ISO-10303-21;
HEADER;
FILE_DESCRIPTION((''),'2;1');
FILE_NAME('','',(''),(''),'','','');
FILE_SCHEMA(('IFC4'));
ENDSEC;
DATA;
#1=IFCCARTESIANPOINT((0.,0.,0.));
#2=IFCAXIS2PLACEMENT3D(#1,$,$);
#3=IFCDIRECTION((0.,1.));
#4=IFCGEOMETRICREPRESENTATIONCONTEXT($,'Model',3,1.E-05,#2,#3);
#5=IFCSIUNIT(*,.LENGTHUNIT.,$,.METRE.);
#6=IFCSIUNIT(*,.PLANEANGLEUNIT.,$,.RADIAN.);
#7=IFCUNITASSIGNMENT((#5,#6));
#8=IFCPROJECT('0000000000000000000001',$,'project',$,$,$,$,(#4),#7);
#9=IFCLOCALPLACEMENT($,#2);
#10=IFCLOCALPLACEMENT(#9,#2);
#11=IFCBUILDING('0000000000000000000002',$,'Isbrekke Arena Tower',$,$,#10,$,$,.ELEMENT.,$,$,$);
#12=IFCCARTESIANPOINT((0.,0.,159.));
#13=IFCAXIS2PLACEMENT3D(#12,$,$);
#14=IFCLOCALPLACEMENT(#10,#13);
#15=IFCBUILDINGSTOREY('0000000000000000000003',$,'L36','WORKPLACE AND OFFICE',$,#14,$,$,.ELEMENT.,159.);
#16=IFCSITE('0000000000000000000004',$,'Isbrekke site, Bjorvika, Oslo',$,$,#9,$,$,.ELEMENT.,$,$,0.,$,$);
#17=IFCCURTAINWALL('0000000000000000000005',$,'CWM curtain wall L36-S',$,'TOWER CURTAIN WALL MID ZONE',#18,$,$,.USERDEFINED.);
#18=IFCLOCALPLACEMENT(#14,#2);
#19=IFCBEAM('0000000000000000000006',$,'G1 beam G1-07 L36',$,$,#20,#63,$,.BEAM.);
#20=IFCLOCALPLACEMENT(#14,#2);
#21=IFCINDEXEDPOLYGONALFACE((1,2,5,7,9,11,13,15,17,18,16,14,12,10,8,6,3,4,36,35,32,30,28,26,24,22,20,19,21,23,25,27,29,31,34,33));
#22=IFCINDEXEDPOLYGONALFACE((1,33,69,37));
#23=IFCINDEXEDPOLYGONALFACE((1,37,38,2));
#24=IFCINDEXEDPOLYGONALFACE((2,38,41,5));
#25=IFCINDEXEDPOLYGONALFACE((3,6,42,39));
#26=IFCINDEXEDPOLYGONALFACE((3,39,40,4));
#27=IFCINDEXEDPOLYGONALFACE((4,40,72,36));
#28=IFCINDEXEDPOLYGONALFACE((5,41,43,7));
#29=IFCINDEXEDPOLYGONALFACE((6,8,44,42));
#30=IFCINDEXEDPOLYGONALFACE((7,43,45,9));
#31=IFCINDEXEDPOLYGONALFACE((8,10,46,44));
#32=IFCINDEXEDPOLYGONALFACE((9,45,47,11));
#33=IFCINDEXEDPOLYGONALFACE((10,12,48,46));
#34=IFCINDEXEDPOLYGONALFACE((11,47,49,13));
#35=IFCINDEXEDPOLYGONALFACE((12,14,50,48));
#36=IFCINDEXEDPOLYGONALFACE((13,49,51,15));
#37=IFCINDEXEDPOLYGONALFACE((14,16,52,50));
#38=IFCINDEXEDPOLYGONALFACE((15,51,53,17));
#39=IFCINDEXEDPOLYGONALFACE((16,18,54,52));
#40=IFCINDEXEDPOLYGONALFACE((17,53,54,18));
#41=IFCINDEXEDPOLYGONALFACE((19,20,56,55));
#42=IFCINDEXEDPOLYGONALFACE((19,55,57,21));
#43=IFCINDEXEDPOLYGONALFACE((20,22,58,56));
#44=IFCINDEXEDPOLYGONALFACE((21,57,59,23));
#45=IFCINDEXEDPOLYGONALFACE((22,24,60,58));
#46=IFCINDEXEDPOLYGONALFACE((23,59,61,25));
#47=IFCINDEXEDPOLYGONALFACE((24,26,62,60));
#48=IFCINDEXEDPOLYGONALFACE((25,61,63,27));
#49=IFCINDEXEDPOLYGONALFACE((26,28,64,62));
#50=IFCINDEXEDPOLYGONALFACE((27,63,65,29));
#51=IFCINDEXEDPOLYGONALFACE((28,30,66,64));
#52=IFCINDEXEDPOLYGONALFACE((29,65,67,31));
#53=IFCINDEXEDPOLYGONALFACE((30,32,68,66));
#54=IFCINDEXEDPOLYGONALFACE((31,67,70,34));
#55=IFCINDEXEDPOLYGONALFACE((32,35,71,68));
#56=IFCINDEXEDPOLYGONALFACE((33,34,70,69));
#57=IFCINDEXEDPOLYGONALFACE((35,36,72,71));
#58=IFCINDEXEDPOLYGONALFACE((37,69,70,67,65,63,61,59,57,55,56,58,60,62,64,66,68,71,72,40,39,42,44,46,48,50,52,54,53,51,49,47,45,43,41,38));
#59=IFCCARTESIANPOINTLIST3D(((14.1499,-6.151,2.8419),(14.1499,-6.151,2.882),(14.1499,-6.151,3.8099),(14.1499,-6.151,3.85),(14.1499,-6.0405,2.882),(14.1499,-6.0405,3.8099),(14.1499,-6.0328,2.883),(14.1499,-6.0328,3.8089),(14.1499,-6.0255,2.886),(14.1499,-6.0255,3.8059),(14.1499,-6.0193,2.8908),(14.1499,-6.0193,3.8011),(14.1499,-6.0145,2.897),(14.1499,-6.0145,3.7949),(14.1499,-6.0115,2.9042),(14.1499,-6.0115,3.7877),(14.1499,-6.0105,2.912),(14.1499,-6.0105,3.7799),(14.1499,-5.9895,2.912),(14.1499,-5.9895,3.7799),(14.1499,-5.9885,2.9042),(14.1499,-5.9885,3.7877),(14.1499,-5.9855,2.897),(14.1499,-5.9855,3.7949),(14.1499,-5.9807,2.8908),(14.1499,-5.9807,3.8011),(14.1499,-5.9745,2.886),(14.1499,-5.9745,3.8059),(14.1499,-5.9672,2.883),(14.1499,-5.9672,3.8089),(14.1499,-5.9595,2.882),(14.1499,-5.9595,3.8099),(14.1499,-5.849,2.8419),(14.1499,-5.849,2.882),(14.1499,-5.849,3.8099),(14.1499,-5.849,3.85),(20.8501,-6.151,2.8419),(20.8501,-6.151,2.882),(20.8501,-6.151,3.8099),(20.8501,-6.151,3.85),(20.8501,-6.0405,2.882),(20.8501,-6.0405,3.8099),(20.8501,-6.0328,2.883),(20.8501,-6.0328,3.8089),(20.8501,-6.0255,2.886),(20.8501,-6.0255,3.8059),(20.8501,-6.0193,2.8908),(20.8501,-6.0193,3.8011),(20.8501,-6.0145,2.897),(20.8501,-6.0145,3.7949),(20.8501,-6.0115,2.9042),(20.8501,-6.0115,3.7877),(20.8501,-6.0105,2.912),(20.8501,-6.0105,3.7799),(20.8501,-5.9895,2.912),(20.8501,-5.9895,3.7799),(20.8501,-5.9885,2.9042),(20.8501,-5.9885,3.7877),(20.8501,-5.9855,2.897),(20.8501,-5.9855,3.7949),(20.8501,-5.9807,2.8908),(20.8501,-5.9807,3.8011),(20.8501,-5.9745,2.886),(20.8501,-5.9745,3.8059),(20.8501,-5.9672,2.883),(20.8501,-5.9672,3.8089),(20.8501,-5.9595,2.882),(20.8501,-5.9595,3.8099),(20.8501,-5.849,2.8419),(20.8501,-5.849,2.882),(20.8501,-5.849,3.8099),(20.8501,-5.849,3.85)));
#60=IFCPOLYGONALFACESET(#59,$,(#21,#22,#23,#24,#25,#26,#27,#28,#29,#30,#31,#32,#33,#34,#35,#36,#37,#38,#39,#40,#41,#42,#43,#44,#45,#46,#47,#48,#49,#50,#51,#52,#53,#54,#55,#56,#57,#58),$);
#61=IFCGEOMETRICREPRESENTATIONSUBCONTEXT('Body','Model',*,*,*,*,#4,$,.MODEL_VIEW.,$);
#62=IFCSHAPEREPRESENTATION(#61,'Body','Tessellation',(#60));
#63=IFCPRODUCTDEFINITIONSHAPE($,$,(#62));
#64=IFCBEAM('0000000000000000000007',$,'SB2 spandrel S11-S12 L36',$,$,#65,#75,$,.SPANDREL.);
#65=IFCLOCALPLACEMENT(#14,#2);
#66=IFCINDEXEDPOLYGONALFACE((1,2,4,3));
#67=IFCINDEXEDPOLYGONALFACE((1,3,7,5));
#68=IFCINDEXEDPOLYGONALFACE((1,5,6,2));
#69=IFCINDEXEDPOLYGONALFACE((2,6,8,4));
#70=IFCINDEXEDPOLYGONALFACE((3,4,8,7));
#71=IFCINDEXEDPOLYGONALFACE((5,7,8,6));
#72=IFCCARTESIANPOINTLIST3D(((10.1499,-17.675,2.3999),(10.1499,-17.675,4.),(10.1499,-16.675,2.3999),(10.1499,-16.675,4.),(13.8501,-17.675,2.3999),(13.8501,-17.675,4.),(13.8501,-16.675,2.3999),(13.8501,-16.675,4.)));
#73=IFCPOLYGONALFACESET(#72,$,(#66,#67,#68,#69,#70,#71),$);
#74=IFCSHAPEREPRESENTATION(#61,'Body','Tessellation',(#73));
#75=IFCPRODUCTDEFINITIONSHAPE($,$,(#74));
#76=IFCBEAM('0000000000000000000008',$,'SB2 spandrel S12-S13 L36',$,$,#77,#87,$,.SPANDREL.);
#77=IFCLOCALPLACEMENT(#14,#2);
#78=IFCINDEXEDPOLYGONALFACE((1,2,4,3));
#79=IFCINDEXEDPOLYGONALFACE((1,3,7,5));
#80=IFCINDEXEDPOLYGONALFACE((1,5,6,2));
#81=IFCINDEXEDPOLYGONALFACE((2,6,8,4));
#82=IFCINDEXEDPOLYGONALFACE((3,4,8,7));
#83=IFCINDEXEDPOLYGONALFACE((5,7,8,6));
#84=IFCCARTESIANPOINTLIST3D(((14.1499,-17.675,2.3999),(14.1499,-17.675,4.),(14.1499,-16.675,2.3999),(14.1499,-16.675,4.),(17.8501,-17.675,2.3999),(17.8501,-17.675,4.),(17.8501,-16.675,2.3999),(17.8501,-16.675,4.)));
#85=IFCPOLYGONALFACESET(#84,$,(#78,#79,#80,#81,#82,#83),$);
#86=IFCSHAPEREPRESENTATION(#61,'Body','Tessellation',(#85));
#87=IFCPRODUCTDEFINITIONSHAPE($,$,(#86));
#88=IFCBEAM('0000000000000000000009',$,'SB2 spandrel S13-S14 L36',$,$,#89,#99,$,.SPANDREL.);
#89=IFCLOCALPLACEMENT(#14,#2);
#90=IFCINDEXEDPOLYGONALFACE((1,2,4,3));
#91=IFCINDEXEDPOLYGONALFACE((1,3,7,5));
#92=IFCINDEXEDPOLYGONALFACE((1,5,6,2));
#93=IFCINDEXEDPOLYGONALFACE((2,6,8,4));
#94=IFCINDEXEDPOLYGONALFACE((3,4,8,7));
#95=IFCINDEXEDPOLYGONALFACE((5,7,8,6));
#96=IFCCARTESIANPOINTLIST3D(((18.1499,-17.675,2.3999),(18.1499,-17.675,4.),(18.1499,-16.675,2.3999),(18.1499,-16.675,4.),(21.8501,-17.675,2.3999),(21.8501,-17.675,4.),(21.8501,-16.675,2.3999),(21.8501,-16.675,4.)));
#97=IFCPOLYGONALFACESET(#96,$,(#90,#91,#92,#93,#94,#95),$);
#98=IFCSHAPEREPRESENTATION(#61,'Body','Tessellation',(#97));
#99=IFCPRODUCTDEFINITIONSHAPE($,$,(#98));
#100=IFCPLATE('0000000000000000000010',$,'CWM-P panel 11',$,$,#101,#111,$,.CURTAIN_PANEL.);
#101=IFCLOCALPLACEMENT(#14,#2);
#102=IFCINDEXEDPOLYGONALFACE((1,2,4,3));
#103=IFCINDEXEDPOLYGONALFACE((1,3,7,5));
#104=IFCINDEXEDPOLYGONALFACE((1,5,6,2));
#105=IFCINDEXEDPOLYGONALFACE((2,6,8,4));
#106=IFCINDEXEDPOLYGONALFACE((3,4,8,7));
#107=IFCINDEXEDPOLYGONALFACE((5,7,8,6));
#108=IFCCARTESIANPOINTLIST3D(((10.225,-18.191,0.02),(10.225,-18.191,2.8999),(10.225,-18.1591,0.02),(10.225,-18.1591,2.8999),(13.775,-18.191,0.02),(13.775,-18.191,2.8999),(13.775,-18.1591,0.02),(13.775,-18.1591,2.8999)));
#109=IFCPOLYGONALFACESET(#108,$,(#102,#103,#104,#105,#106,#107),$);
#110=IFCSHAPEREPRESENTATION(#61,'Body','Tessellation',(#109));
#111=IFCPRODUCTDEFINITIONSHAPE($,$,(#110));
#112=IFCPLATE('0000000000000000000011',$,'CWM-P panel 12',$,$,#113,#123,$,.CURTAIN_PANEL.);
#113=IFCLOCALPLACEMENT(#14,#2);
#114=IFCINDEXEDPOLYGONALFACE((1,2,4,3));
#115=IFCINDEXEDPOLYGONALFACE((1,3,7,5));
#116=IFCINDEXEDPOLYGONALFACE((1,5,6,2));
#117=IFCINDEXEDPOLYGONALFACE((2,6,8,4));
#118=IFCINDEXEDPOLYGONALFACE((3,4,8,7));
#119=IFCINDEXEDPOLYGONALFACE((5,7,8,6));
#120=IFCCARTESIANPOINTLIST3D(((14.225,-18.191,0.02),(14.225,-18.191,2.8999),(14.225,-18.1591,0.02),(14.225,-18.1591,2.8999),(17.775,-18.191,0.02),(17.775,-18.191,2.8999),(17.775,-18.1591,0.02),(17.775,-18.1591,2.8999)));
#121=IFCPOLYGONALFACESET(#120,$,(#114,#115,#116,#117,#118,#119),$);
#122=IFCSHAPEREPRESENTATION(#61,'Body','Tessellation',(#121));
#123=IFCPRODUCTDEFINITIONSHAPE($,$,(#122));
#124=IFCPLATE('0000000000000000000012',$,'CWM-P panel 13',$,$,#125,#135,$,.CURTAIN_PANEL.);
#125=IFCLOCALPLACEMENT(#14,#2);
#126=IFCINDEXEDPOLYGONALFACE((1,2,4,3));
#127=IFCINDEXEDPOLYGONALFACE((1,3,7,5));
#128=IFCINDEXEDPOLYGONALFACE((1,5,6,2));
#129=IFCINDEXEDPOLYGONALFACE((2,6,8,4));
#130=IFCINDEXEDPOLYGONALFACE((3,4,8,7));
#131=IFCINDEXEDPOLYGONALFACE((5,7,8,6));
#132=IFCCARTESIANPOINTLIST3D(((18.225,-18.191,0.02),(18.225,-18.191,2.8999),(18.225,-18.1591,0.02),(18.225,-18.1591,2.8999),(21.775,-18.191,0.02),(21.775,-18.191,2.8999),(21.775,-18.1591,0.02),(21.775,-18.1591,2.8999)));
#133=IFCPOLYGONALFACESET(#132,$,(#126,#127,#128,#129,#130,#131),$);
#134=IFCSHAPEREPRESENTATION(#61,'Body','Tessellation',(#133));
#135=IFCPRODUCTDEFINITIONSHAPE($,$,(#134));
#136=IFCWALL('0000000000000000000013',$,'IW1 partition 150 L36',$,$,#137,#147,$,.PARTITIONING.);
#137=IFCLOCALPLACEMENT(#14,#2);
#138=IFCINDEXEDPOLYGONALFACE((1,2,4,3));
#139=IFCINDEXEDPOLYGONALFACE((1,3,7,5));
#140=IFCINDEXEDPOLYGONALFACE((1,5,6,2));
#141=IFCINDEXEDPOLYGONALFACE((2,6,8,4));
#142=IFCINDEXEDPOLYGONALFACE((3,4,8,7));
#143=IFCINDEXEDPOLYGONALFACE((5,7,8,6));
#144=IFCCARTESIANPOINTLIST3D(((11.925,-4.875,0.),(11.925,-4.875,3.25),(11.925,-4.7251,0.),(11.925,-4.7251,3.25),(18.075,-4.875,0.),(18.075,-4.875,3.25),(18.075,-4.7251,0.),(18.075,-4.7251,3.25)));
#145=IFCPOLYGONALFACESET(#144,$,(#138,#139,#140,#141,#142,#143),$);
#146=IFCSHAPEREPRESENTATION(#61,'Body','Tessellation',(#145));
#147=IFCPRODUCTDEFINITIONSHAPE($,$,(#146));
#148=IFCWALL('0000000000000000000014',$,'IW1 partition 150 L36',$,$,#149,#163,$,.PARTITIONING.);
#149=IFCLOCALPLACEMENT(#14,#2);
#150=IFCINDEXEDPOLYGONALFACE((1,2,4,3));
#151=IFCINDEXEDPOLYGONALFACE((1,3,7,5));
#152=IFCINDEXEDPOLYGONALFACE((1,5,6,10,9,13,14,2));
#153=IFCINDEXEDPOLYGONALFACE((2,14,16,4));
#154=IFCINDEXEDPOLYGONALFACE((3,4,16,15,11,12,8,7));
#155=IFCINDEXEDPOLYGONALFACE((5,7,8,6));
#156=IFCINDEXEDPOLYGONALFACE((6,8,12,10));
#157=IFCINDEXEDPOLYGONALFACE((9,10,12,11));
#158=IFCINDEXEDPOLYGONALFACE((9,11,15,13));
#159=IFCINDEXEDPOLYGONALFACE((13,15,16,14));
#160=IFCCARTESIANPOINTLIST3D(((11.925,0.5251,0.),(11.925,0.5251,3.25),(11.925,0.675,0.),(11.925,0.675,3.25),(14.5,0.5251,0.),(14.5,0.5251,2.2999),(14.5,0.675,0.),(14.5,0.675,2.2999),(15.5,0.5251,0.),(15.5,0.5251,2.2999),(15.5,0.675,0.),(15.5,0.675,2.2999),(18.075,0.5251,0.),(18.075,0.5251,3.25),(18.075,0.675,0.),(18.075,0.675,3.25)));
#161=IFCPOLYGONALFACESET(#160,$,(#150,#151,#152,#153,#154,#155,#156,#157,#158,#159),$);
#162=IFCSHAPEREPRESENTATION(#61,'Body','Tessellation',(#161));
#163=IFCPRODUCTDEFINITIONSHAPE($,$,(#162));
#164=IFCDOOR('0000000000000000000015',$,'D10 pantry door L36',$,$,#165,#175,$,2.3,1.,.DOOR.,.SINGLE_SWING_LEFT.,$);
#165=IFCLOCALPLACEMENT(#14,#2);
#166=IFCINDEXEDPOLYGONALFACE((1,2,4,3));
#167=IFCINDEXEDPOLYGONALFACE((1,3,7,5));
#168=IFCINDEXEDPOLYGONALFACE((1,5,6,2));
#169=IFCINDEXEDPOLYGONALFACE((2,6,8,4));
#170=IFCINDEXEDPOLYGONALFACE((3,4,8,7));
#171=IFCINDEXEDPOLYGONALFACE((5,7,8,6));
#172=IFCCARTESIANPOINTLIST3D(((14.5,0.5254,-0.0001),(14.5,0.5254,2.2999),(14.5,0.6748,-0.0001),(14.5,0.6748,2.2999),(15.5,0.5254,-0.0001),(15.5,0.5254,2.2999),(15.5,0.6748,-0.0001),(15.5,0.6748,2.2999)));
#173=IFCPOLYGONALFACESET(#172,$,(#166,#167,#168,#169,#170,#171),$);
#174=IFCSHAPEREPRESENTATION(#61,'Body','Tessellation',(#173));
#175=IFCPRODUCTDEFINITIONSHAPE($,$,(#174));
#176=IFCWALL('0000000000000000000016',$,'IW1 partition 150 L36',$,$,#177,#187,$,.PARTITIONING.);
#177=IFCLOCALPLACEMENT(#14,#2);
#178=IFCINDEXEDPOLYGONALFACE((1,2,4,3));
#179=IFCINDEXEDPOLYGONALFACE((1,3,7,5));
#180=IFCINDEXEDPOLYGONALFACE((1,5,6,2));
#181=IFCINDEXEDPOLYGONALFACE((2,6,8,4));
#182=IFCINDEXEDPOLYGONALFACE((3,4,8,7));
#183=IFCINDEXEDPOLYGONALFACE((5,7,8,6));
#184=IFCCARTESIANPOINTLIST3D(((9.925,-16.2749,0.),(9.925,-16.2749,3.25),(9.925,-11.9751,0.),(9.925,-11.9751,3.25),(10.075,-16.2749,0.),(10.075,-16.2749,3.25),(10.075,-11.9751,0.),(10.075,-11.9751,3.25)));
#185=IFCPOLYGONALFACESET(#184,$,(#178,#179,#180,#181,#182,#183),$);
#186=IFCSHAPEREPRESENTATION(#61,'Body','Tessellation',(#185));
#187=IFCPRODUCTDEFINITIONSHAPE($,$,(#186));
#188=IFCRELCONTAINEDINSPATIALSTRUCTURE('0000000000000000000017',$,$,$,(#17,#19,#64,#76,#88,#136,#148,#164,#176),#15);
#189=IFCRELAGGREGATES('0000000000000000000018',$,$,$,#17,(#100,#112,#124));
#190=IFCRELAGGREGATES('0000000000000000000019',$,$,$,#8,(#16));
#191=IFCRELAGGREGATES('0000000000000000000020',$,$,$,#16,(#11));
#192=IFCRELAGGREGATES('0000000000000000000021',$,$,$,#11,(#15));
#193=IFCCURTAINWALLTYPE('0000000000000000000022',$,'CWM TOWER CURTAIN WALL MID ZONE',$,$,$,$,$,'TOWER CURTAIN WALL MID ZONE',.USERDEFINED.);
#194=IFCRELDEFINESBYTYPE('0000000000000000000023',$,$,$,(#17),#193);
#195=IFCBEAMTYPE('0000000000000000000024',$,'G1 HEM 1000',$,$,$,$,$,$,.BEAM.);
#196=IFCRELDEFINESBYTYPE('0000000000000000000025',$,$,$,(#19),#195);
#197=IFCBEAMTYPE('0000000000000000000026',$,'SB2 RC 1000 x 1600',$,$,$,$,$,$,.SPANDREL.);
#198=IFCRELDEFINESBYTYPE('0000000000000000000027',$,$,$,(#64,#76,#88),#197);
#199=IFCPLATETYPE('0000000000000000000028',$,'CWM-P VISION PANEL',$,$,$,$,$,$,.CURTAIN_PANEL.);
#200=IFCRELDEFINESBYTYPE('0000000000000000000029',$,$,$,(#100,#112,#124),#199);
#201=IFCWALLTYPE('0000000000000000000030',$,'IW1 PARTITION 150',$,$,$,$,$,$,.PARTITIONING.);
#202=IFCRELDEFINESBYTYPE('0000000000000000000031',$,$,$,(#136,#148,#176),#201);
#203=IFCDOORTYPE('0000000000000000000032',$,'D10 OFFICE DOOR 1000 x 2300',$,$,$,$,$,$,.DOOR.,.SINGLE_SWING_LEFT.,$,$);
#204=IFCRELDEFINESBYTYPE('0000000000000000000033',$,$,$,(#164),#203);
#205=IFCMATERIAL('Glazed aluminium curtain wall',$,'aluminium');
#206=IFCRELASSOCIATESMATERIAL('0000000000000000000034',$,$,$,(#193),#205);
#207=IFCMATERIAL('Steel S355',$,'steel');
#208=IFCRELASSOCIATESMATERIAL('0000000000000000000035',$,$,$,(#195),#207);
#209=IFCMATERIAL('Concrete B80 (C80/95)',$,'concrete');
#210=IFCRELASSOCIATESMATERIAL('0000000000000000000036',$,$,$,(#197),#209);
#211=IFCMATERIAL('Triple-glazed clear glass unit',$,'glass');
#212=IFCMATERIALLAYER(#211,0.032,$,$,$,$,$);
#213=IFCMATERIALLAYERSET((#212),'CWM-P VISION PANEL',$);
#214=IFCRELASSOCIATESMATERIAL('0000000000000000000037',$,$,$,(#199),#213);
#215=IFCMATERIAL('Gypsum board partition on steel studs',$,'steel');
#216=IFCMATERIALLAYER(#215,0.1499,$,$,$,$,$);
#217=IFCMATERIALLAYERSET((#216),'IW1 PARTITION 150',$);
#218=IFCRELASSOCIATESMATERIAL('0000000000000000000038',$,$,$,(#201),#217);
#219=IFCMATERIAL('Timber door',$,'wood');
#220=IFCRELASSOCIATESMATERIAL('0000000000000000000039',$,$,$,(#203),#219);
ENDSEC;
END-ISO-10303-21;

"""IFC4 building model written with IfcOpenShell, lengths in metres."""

from ifc_helpers import new_model, si_unit, direction, frame, frame_2d, origin, origin_2d, place, context, subcontext, project, spatial, rectangle, i_section, extrude, material, layer, layer_set, material_profile, profile_set, type_object, element, fill, aggregate, save


model = new_model("IFC4")

# Units and contexts
model_context = context("Model", 3, precision=1e-05, world=origin(), true_north=direction((0.0, 1.0)))
body_context = subcontext(model_context, "Body", "Model", "MODEL_VIEW")
ifc_project = project(units=[si_unit("LENGTHUNIT", "METRE"), si_unit("PLANEANGLEUNIT", "RADIAN")], contexts=[model_context])

# Site, building, storey
site_placement = place(None, origin())
site = spatial("IfcSite", under=ifc_project, at=site_placement, Name="Isbrekke site, Bjorvika, Oslo", CompositionType="ELEMENT", RefElevation=0.0)
building_placement = place(site_placement, origin())
building = spatial("IfcBuilding", under=site, at=building_placement, Name="Isbrekke Arena Tower", CompositionType="ELEMENT")
storey_placement = place(building_placement, frame((0.0, 0.0, 159.0)))
storey = spatial("IfcBuildingStorey", under=building, at=storey_placement, Name="L36", Description="WORKPLACE AND OFFICE", CompositionType="ELEMENT", Elevation=159.0)

# Curtain wall
ifc_material_1 = material(Name="Glazed aluminium curtain wall", Category="aluminium")
curtain_wall_type = type_object("IfcCurtainWallType", Name="CWM TOWER CURTAIN WALL MID ZONE", ElementType="TOWER CURTAIN WALL MID ZONE", PredefinedType="USERDEFINED", material=ifc_material_1)
curtain_wall_placement = place(storey_placement, origin())
curtain_wall = element("IfcCurtainWall", 1, at=curtain_wall_placement, inside=storey, type_object=curtain_wall_type, Name="CWM curtain wall L36-S", ObjectType="TOWER CURTAIN WALL MID ZONE", PredefinedType="USERDEFINED")

# Beams
ifc_material_2 = material(Name="Steel S355", Category="steel")
ifc_material_profile_1 = material_profile(ifc_material_2, i_section(OverallWidth=0.302, OverallDepth=1.0081, WebThickness=0.021, FlangeThickness=0.04, FilletRadius=0.03, at=origin_2d()), Name="HEM 1000")
ifc_profile_set_1 = profile_set([ifc_material_profile_1], Name="Steel S355")
beam_type_1 = type_object("IfcBeamType", Name="G1 HEM 1000", PredefinedType="BEAM", material=ifc_profile_set_1)
beam_1_placement = place(storey_placement, frame((14.1499, -6.0, 3.3459), z_axis=(1.0, 0.0, 0.0), x_axis=(0.0, 1.0, 0.0)))
element("IfcBeam", 2, at=beam_1_placement, inside=storey, type_object=beam_type_1, Name="G1 beam G1-07 L36", PredefinedType="BEAM", context=body_context, shape_type="SweptSolid", body=[
    extrude(i_section(OverallWidth=0.302, OverallDepth=1.0081, WebThickness=0.021, FlangeThickness=0.04, FilletRadius=0.03, at=origin_2d()), origin(), (0.0, 0.0, 1.0), 6.7002),
])
ifc_material_3 = material(Name="Concrete B80 (C80/95)", Category="concrete")
ifc_material_profile_2 = material_profile(ifc_material_3, rectangle(XDim=1.0, YDim=1.6001, at=origin_2d()), Name="RC 1000x1600")
ifc_profile_set_2 = profile_set([ifc_material_profile_2], Name="Concrete B80 (C80/95)")
beam_type_2 = type_object("IfcBeamType", Name="SB2 RC 1000 x 1600", PredefinedType="SPANDREL", material=ifc_profile_set_2)
for number, where, z_axis, x_axis, name in (
    (3, (10.1499, -17.175, 3.2), (1.0, 0.0, 0.0), (0.0, 1.0, 0.0), "SB2 spandrel S11-S12 L36"),
    (4, (14.1499, -17.175, 3.2), (1.0, 0.0, 0.0), (0.0, 1.0, 0.0), "SB2 spandrel S12-S13 L36"),
    (5, (18.1499, -17.175, 3.2), (1.0, 0.0, 0.0), (0.0, 1.0, 0.0), "SB2 spandrel S13-S14 L36"),
):
    element("IfcBeam", number, at=place(storey_placement, frame(where, z_axis=z_axis, x_axis=x_axis)), inside=storey, type_object=beam_type_2, Name=name, PredefinedType="SPANDREL", context=body_context, shape_type="SweptSolid", body=[
        extrude(rectangle(XDim=1.0, YDim=1.6001, at=origin_2d()), origin(), (0.0, 0.0, 1.0), 3.7002),
    ])

# Plates
ifc_material_4 = material(Name="Triple-glazed clear glass unit", Category="glass")
ifc_layer_1 = layer(ifc_material_4, 0.032)
ifc_layer_set_1 = layer_set([ifc_layer_1], Name="CWM-P VISION PANEL")
plate_type = type_object("IfcPlateType", Name="CWM-P VISION PANEL", PredefinedType="CURTAIN_PANEL", material=ifc_layer_set_1)
plate_1_placement = place(storey_placement, frame((12.0, -18.175, 0.02), z_axis=(0.0, 0.0, 1.0), x_axis=(1.0, 0.0, 0.0)))
plate_1 = element("IfcPlate", 6, at=plate_1_placement, type_object=plate_type, Name="CWM-P panel 11", PredefinedType="CURTAIN_PANEL", context=body_context, shape_type="SweptSolid", body=[
    extrude(rectangle(XDim=3.55, YDim=0.032, at=origin_2d()), origin(), (0.0, 0.0, 1.0), 2.8799),
])
plate_2_placement = place(storey_placement, frame((16.0, -18.175, 0.02), z_axis=(0.0, 0.0, 1.0), x_axis=(1.0, 0.0, 0.0)))
plate_2 = element("IfcPlate", 7, at=plate_2_placement, type_object=plate_type, Name="CWM-P panel 12", PredefinedType="CURTAIN_PANEL", context=body_context, shape_type="SweptSolid", body=[
    extrude(rectangle(XDim=3.55, YDim=0.032, at=origin_2d()), origin(), (0.0, 0.0, 1.0), 2.8799),
])
plate_3_placement = place(storey_placement, frame((20.0, -18.175, 0.02), z_axis=(0.0, 0.0, 1.0), x_axis=(1.0, 0.0, 0.0)))
plate_3 = element("IfcPlate", 8, at=plate_3_placement, type_object=plate_type, Name="CWM-P panel 13", PredefinedType="CURTAIN_PANEL", context=body_context, shape_type="SweptSolid", body=[
    extrude(rectangle(XDim=3.55, YDim=0.032, at=origin_2d()), origin(), (0.0, 0.0, 1.0), 2.8799),
])
aggregate(curtain_wall, [plate_1, plate_2, plate_3])

# Wall
ifc_material_5 = material(Name="Gypsum board partition on steel studs", Category="steel")
ifc_layer_2 = layer(ifc_material_5, 0.1499)
ifc_layer_set_2 = layer_set([ifc_layer_2], Name="IW1 PARTITION 150")
wall_type_1 = type_object("IfcWallType", Name="IW1 PARTITION 150", PredefinedType="PARTITIONING", material=ifc_layer_set_2)
wall_1_placement = place(storey_placement, frame((11.925, -4.8, 0.0), z_axis=(0.0, 0.0, 1.0), x_axis=(1.0, 0.0, 0.0)))
element("IfcWall", 9, at=wall_1_placement, inside=storey, type_object=wall_type_1, Name="IW1 partition 150 L36", PredefinedType="PARTITIONING", context=body_context, shape_type="SweptSolid", body=[
    extrude(rectangle(XDim=6.1499, YDim=0.1499, at=frame_2d((3.075, 0.0))), origin(), (0.0, 0.0, 1.0), 3.25),
])

# Wall, opening, door
wall_2_placement = place(storey_placement, frame((11.925, 0.6001, 0.0), z_axis=(0.0, 0.0, 1.0), x_axis=(1.0, 0.0, 0.0)))
wall_2 = element("IfcWall", 10, at=wall_2_placement, inside=storey, type_object=wall_type_1, Name="IW1 partition 150 L36", PredefinedType="PARTITIONING", context=body_context, shape_type="SweptSolid", body=[
    extrude(rectangle(XDim=6.1499, YDim=0.1499, at=frame_2d((3.075, 0.0))), origin(), (0.0, 0.0, 1.0), 3.25),
])
opening_placement = place(wall_2_placement, frame((2.575, 0.0, 0.0)))
opening = element("IfcOpeningElement", 11, at=opening_placement, cuts=wall_2, PredefinedType="OPENING", context=body_context, shape_type="SweptSolid", body=[
    extrude(rectangle(XDim=1.0, YDim=2.3, at=frame_2d((0.5, 1.1499))), frame((0.0, 0.0898, 0.0), z_axis=(0.0, -1.0, 0.0), x_axis=(1.0, 0.0, 0.0)), (0.0, 0.0, 1.0), 0.1797),
])
ifc_material_6 = material(Name="Timber door", Category="wood")
door_type = type_object("IfcDoorType", Name="D10 OFFICE DOOR 1000 x 2300", OperationType="SINGLE_SWING_LEFT", PredefinedType="DOOR", material=ifc_material_6)
door_placement = place(opening_placement, origin())
door = element("IfcDoor", 12, at=door_placement, inside=storey, type_object=door_type, Name="D10 pantry door L36", OperationType="SINGLE_SWING_LEFT", OverallHeight=2.3, OverallWidth=1.0, PredefinedType="DOOR", context=body_context, shape_type="SweptSolid", body=[
    extrude(rectangle(XDim=1.0, YDim=2.3, at=frame_2d((0.5, 1.1499))), frame((0.0, 0.0747, 0.0), z_axis=(0.0, -1.0, 0.0), x_axis=(1.0, 0.0, 0.0)), (0.0, 0.0, 1.0), 0.1494),
])
fill(opening, door)

# Wall
wall_3_placement = place(storey_placement, frame((10.0, -16.2749, 0.0), z_axis=(0.0, 0.0, 1.0), x_axis=(0.0, 1.0, 0.0)))
element("IfcWall", 13, at=wall_3_placement, inside=storey, type_object=wall_type_1, Name="IW1 partition 150 L36", PredefinedType="PARTITIONING", context=body_context, shape_type="SweptSolid", body=[
    extrude(rectangle(XDim=4.2998, YDim=0.1499, at=frame_2d((2.1499, 0.0))), origin(), (0.0, 0.0, 1.0), 3.25),
])

save(model, "model.ifc")
